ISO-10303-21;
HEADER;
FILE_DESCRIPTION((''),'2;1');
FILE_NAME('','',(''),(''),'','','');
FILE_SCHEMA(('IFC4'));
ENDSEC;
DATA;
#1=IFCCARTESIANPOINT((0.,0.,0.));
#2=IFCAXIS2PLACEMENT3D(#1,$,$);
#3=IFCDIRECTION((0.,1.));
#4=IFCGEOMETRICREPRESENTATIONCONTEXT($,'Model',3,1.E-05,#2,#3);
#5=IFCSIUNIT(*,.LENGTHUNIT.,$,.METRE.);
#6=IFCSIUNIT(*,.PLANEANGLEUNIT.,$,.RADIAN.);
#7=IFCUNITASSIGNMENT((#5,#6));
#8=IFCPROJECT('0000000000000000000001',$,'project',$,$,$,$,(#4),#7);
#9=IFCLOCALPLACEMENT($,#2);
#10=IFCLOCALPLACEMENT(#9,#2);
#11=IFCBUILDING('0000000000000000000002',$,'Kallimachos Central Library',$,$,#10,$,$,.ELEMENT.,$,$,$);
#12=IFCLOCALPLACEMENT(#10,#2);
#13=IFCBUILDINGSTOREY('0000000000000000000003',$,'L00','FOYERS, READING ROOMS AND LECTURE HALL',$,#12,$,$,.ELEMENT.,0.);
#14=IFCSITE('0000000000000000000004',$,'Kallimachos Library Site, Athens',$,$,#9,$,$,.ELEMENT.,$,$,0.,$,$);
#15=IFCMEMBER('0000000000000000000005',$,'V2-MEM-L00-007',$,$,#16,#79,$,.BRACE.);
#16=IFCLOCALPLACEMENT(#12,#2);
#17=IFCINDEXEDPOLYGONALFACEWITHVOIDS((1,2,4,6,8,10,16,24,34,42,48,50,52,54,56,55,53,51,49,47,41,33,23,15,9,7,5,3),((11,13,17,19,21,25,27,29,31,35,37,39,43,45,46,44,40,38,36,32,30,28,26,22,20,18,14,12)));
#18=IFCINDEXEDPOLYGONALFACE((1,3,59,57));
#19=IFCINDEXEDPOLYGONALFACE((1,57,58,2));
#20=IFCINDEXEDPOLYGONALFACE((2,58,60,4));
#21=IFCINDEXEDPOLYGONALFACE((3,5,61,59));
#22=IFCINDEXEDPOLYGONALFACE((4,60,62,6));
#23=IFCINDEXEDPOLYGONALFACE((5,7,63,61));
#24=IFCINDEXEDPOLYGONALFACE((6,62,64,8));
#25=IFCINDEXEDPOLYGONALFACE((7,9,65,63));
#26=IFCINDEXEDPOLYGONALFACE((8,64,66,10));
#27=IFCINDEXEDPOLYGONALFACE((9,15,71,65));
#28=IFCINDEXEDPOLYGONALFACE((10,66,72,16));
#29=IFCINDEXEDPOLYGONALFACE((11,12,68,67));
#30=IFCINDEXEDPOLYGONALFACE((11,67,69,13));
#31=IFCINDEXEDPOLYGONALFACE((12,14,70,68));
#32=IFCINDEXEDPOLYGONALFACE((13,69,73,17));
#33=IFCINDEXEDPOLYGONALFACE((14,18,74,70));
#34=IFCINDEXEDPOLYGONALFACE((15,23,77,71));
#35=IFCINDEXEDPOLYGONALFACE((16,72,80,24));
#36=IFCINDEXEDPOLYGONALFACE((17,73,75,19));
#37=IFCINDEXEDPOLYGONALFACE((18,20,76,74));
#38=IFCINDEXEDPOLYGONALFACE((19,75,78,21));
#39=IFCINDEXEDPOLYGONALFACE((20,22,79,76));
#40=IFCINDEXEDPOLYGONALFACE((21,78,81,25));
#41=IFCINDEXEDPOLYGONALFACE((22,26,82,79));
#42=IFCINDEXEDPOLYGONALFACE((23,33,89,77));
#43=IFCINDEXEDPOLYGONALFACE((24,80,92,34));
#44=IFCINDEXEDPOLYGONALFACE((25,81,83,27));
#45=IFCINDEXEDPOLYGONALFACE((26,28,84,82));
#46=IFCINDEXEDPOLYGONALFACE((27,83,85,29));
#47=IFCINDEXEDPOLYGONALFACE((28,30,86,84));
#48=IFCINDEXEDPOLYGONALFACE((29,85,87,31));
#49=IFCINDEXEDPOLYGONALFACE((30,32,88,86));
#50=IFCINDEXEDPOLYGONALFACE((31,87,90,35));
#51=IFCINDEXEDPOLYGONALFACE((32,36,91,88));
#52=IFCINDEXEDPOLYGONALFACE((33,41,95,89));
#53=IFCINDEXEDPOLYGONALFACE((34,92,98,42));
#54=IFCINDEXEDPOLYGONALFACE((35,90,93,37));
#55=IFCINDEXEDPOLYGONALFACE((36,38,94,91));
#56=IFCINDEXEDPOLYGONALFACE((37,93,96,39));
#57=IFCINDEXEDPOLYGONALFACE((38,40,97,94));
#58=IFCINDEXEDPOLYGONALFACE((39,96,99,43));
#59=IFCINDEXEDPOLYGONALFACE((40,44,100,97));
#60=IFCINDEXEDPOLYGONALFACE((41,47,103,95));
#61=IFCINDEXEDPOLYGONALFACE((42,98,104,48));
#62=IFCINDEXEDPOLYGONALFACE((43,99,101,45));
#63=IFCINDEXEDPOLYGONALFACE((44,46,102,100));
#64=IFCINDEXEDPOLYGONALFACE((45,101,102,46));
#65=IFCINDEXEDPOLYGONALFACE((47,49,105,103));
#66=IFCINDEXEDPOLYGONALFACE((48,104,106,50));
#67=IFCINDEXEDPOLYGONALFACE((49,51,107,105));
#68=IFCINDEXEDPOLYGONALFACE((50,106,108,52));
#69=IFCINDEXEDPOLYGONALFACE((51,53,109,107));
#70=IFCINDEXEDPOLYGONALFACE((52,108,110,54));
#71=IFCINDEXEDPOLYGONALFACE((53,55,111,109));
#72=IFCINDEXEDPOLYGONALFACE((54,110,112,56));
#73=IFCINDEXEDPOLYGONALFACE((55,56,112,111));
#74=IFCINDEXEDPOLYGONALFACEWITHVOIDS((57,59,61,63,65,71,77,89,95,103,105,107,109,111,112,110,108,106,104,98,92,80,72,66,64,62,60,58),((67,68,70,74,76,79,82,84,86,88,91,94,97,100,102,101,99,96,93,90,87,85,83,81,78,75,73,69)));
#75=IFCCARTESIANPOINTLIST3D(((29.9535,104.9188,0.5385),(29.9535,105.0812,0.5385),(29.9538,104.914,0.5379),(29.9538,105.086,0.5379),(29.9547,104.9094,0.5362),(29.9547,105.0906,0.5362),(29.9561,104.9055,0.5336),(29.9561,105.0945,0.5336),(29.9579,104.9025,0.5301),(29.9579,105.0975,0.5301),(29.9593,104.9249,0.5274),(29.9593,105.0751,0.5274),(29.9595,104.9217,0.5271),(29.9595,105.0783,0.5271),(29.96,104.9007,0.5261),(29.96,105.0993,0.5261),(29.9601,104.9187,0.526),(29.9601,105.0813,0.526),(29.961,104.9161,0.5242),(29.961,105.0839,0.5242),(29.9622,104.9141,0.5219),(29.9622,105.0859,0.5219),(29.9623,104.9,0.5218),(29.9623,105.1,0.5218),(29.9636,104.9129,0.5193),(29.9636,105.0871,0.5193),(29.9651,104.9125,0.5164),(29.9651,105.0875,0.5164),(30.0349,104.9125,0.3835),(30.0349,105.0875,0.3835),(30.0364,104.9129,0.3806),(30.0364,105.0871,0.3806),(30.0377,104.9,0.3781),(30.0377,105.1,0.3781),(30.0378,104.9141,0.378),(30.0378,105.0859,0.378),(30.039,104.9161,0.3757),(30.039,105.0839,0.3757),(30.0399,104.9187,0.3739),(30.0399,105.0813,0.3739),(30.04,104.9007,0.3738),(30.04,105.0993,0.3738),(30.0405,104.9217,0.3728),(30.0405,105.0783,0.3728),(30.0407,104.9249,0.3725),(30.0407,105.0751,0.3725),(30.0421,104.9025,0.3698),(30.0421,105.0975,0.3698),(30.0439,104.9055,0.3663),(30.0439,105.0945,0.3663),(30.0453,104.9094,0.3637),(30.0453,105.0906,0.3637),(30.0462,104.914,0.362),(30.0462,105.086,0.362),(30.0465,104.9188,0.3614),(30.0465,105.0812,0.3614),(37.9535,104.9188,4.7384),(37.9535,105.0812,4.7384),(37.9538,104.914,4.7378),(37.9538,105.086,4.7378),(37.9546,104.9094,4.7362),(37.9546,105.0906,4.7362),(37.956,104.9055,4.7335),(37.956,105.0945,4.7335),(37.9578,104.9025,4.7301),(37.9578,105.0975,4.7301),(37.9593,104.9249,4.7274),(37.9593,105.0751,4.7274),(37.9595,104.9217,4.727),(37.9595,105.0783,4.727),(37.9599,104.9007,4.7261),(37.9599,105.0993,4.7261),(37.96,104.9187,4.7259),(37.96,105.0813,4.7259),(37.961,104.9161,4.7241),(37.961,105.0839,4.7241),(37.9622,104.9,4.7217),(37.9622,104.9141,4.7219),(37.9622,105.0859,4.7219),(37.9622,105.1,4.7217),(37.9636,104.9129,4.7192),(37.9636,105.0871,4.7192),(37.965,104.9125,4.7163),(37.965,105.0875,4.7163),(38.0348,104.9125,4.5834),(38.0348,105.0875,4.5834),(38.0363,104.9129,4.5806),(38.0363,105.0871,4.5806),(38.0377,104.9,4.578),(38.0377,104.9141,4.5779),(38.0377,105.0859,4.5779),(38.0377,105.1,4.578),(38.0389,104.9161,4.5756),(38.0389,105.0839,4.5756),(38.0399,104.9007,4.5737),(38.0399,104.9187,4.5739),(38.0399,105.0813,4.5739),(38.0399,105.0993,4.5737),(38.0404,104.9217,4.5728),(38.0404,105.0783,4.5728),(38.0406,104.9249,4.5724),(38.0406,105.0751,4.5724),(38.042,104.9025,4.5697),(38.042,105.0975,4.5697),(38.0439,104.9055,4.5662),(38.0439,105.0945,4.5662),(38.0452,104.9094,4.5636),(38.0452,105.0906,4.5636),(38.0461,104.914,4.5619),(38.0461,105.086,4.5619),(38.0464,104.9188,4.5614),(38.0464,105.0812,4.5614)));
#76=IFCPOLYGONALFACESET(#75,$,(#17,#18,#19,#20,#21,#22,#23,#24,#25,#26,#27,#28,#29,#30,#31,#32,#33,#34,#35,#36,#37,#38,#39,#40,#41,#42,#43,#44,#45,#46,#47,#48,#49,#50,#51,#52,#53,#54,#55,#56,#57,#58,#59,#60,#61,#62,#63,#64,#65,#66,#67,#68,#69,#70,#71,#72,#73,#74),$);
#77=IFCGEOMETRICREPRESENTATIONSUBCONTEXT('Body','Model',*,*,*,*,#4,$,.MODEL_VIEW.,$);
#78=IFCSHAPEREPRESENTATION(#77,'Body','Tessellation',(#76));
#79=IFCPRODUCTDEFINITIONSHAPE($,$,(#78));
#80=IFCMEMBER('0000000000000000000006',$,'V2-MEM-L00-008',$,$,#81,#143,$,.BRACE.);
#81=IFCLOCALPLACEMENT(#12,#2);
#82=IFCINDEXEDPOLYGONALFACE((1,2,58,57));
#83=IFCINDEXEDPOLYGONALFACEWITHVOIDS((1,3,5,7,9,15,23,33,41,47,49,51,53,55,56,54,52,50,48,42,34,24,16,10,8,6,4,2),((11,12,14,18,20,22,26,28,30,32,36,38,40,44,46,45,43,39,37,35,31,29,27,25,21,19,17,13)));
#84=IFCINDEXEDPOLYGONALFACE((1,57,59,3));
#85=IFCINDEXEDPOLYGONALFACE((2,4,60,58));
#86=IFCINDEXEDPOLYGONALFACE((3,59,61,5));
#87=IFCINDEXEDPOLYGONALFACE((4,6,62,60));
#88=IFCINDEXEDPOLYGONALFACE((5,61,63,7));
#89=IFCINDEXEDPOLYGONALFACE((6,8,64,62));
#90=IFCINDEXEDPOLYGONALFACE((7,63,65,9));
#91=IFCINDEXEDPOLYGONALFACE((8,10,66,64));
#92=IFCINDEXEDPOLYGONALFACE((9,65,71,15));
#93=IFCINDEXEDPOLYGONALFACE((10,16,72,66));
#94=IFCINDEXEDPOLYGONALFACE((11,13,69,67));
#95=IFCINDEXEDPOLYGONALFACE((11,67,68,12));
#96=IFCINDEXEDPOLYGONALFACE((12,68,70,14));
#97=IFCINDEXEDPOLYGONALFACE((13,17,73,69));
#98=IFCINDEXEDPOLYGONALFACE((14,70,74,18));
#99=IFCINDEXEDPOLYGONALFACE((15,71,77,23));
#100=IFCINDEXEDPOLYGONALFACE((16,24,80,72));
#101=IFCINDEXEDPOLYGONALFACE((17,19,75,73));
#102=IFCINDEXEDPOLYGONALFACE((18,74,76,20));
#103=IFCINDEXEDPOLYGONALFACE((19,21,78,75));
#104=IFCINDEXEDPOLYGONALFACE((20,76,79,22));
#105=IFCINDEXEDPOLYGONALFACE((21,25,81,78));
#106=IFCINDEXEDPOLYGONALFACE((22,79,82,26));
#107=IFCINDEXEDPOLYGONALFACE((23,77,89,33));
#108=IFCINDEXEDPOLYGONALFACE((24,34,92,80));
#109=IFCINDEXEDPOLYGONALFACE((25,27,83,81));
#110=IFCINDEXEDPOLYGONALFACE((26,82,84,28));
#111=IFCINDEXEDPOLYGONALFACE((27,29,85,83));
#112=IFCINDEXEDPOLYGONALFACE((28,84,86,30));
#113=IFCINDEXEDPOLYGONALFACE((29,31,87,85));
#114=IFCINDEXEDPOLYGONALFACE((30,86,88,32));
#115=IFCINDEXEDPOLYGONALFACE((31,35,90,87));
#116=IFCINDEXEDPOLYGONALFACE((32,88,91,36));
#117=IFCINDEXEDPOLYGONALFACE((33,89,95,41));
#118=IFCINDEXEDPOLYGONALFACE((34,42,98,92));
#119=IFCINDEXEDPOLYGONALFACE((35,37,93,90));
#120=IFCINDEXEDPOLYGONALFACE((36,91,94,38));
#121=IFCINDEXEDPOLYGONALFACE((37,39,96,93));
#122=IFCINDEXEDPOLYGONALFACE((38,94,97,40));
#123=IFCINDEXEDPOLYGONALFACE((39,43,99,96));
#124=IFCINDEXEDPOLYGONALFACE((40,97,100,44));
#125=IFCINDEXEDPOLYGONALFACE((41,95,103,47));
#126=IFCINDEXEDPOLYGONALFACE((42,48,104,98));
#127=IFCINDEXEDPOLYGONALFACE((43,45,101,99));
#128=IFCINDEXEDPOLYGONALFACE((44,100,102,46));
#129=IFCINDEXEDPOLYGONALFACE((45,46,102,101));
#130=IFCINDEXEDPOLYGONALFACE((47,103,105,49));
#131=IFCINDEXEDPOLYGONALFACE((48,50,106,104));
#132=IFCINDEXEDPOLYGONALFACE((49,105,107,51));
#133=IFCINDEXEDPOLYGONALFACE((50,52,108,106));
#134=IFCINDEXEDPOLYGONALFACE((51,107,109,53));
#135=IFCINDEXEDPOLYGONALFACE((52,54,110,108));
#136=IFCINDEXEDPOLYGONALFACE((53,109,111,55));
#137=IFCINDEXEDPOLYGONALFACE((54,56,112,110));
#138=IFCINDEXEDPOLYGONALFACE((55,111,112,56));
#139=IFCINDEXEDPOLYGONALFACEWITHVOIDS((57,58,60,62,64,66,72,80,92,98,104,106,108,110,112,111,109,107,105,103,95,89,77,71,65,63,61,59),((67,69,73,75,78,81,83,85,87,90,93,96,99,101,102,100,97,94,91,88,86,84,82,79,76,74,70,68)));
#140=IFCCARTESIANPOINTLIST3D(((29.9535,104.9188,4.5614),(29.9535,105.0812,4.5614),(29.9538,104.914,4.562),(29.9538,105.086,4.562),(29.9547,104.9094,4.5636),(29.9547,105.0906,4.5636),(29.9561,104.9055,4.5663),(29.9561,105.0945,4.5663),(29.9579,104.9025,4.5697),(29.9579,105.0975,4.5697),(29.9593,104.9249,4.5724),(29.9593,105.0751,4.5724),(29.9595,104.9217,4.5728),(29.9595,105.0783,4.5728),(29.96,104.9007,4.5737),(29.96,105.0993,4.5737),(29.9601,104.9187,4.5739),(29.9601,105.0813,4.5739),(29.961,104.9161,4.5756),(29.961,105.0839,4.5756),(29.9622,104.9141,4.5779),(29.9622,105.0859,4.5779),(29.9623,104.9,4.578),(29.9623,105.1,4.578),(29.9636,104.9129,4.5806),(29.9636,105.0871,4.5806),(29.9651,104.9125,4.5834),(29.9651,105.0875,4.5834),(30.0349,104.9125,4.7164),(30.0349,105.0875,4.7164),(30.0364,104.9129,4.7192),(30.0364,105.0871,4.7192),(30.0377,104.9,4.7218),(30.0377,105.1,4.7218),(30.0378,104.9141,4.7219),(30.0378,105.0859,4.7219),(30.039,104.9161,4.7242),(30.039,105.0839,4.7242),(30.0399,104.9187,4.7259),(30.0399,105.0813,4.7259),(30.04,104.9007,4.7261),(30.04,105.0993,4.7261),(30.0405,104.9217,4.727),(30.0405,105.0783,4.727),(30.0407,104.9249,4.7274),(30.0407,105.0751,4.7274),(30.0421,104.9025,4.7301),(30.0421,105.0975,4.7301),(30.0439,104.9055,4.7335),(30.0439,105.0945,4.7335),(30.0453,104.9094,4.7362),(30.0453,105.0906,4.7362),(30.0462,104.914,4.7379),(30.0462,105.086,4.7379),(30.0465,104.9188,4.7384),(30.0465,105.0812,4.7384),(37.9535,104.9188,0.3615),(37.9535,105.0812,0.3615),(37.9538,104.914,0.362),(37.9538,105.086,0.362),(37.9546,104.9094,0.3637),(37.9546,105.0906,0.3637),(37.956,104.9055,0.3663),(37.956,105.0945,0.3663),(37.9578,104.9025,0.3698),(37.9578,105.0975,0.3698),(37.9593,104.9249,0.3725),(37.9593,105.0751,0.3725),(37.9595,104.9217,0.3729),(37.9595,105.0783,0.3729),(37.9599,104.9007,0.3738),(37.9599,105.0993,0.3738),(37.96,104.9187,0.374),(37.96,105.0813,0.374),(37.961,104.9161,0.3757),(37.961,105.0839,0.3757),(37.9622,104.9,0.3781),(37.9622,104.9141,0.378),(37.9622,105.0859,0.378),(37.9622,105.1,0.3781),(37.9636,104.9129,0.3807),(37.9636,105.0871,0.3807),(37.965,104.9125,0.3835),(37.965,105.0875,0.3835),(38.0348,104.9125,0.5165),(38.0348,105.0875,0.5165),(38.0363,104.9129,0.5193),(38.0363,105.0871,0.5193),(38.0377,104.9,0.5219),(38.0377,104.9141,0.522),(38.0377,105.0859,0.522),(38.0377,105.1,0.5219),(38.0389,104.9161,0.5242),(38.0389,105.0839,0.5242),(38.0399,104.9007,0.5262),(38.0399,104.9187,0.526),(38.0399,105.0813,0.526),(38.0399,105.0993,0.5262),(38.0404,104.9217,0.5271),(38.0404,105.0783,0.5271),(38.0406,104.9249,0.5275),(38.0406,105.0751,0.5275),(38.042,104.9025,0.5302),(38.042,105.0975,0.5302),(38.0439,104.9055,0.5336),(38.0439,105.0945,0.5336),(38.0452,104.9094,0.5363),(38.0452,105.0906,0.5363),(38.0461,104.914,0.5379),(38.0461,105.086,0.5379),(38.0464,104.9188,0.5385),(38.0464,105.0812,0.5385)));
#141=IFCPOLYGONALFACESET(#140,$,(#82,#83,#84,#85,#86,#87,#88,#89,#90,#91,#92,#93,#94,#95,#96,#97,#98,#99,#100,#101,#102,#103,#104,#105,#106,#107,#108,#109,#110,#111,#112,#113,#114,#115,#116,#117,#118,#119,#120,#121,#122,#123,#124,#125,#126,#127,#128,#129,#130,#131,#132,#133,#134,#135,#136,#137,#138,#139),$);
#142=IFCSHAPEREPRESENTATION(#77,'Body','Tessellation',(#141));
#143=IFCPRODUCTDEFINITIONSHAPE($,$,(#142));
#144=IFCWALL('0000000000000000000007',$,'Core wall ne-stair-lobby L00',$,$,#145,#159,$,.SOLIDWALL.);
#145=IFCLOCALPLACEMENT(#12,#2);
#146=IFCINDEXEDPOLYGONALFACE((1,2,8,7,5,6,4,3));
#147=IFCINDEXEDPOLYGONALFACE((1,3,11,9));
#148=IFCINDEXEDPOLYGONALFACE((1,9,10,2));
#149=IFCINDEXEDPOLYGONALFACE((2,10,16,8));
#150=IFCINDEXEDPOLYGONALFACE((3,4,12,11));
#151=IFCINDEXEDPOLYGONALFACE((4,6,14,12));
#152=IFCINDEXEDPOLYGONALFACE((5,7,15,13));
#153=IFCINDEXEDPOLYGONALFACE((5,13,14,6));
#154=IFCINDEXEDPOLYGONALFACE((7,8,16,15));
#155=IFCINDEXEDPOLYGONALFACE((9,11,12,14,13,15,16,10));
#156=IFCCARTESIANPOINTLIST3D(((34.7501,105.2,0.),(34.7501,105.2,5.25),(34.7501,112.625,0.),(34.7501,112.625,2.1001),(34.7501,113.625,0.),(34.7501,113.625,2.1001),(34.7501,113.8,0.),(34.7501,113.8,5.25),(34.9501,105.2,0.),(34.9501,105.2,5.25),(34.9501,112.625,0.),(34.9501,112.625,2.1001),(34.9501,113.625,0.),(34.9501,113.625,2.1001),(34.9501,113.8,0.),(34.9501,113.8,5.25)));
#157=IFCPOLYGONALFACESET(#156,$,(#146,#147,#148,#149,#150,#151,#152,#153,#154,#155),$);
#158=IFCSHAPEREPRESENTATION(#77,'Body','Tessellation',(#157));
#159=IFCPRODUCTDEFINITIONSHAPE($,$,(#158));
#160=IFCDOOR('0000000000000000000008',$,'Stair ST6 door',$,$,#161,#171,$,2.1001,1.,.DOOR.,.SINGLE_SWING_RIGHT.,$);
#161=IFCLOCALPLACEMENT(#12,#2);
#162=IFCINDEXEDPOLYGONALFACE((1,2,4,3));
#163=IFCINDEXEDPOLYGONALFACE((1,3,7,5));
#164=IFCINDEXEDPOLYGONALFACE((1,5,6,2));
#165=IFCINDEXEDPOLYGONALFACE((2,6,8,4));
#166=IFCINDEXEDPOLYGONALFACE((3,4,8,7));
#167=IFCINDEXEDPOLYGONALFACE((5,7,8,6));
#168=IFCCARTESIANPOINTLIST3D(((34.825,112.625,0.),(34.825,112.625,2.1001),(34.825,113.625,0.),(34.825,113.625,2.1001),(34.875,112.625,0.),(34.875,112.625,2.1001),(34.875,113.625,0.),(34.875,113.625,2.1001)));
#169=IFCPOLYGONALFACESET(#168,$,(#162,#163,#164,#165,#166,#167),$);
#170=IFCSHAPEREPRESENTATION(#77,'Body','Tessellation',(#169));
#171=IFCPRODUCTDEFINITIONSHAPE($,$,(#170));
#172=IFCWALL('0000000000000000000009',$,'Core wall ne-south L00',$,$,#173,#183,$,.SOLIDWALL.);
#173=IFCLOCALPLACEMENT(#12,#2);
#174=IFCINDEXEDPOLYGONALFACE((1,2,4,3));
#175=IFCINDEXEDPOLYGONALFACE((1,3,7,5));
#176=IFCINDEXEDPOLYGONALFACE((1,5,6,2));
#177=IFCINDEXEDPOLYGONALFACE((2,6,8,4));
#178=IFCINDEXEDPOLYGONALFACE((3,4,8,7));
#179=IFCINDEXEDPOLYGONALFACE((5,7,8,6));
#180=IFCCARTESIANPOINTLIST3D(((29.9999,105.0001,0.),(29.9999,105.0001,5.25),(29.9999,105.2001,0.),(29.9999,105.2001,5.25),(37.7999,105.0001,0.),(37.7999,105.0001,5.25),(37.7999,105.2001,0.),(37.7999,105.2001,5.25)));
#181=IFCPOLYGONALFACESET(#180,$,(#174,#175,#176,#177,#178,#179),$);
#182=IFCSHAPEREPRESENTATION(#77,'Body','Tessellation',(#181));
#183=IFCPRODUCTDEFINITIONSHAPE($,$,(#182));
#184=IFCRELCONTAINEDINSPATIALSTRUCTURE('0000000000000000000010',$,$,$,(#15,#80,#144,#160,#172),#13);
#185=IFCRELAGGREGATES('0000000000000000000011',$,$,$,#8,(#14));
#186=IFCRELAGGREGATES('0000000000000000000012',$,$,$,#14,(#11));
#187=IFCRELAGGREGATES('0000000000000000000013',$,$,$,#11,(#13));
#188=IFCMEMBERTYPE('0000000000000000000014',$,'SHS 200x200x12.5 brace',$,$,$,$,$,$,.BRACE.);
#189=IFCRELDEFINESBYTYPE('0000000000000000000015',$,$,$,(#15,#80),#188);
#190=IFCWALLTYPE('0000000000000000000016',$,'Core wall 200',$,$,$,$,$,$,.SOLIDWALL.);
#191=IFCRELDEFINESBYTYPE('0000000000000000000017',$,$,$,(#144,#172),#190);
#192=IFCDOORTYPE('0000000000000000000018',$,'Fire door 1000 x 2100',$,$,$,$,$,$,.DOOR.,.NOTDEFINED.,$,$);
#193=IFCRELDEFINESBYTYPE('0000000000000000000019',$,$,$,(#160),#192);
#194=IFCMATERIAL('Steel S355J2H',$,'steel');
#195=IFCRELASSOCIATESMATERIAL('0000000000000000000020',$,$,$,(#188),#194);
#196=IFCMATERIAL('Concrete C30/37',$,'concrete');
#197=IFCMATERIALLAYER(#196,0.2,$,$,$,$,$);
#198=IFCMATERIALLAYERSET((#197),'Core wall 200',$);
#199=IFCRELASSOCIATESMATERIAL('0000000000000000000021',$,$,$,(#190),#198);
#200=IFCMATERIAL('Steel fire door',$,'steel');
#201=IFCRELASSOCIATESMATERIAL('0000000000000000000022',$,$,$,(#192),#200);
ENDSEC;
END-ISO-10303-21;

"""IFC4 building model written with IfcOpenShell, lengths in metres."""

from ifc_helpers import new_model, si_unit, direction, frame, frame_2d, origin, origin_2d, place, context, subcontext, project, spatial, rectangle, hollow_rectangle, extrude, material, layer, layer_set, material_profile, profile_set, type_object, element, fill, save


model = new_model("IFC4")

# Units and contexts
model_context = context("Model", 3, precision=1e-05, world=origin(), true_north=direction((0.0, 1.0)))
body_context = subcontext(model_context, "Body", "Model", "MODEL_VIEW")
ifc_project = project(units=[si_unit("LENGTHUNIT", "METRE"), si_unit("PLANEANGLEUNIT", "RADIAN")], contexts=[model_context])

# Site, building, storey
site_placement = place(None, origin())
site = spatial("IfcSite", under=ifc_project, at=site_placement, Name="Kallimachos Library Site, Athens", CompositionType="ELEMENT", RefElevation=0.0)
building_placement = place(site_placement, origin())
building = spatial("IfcBuilding", under=site, at=building_placement, Name="Kallimachos Central Library", CompositionType="ELEMENT")
storey_placement = place(building_placement, origin())
storey = spatial("IfcBuildingStorey", under=building, at=storey_placement, Name="L00", Description="FOYERS, READING ROOMS AND LECTURE HALL", CompositionType="ELEMENT", Elevation=0.0)

# Members
ifc_material_1 = material(Name="Steel S355J2H", Category="steel")
ifc_material_profile_1 = material_profile(ifc_material_1, hollow_rectangle(XDim=0.2, YDim=0.2, WallThickness=0.0125, InnerFilletRadius=0.0125, OuterFilletRadius=0.0188, at=origin_2d()), Name="SHS 200x200x12.5")
ifc_profile_set_1 = profile_set([ifc_material_profile_1], Name="Steel S355J2H")
member_type = type_object("IfcMemberType", Name="SHS 200x200x12.5 brace", PredefinedType="BRACE", material=ifc_profile_set_1)
for number, where, z_axis, x_axis, name in (
    (1, (30.0, 105.0, 0.45), (0.8854, 0.0, 0.46483), (0.0, 1.0, 0.0), "V2-MEM-L00-007"),
    (2, (30.0, 105.0, 4.6499), (0.8854, 0.0, -0.46483), (0.0, 1.0, 0.0), "V2-MEM-L00-008"),
):
    element("IfcMember", number, at=place(storey_placement, frame(where, z_axis=z_axis, x_axis=x_axis)), inside=storey, type_object=member_type, Name=name, PredefinedType="BRACE", context=body_context, shape_type="SweptSolid", body=[
        extrude(hollow_rectangle(XDim=0.2, YDim=0.2, WallThickness=0.0125, InnerFilletRadius=0.0125, OuterFilletRadius=0.0188, at=origin_2d()), origin(), (0.0, 0.0, 1.0), 9.0354),
    ])

# Wall, opening, door
ifc_material_2 = material(Name="Concrete C30/37", Category="concrete")
ifc_layer_1 = layer(ifc_material_2, 0.2)
ifc_layer_set_1 = layer_set([ifc_layer_1], Name="Core wall 200")
wall_type_1 = type_object("IfcWallType", Name="Core wall 200", PredefinedType="SOLIDWALL", material=ifc_layer_set_1)
wall_1_placement = place(storey_placement, frame((34.8501, 105.2, 0.0), z_axis=(0.0, 0.0, 1.0), x_axis=(0.0, 1.0, 0.0)))
wall_1 = element("IfcWall", 3, at=wall_1_placement, inside=storey, type_object=wall_type_1, Name="Core wall ne-stair-lobby L00", PredefinedType="SOLIDWALL", context=body_context, shape_type="SweptSolid", body=[
    extrude(rectangle(XDim=8.6001, YDim=0.2, at=frame_2d((4.3, 0.0))), origin(), (0.0, 0.0, 1.0), 5.25),
])
opening_1_placement = place(wall_1_placement, frame((7.425, 0.0, 0.0)))
opening_1 = element("IfcOpeningElement", 4, at=opening_1_placement, cuts=wall_1, PredefinedType="OPENING", context=body_context, shape_type="SweptSolid", body=[
    extrude(rectangle(XDim=1.0, YDim=2.1001, at=frame_2d((0.5, 1.05))), frame((0.0, 0.1099, 0.0), z_axis=(0.0, -1.0, 0.0), x_axis=(1.0, 0.0, 0.0)), (0.0, 0.0, 1.0), 0.22),
])
ifc_material_3 = material(Name="Steel fire door", Category="steel")
door_type_1 = type_object("IfcDoorType", Name="Fire door 1000 x 2100", OperationType="NOTDEFINED", PredefinedType="DOOR", material=ifc_material_3)
door_1_placement = place(opening_1_placement, frame((1.0, 0.0, 0.0), z_axis=(0.0, 0.0, 1.0), x_axis=(-1.0, 0.0, 0.0)))
door_1 = element("IfcDoor", 5, at=door_1_placement, inside=storey, type_object=door_type_1, Name="Stair ST6 door", OperationType="SINGLE_SWING_RIGHT", OverallHeight=2.1001, OverallWidth=1.0, PredefinedType="DOOR", context=body_context, shape_type="SweptSolid", body=[
    extrude(rectangle(XDim=1.0, YDim=2.1001, at=frame_2d((0.5, 1.05))), frame((0.0, 0.0249, 0.0), z_axis=(0.0, -1.0, 0.0), x_axis=(1.0, 0.0, 0.0)), (0.0, 0.0, 1.0), 0.05),
])
fill(opening_1, door_1)

# Wall
wall_2_placement = place(storey_placement, frame((30.0, 105.1001, 0.0), z_axis=(0.0, 0.0, 1.0), x_axis=(1.0, 0.0, 0.0)))
element("IfcWall", 6, at=wall_2_placement, inside=storey, type_object=wall_type_1, Name="Core wall ne-south L00", PredefinedType="SOLIDWALL", context=body_context, shape_type="SweptSolid", body=[
    extrude(rectangle(XDim=7.8, YDim=0.2, at=frame_2d((3.8999, 0.0))), origin(), (0.0, 0.0, 1.0), 5.25),
])

save(model, "model.ifc")
